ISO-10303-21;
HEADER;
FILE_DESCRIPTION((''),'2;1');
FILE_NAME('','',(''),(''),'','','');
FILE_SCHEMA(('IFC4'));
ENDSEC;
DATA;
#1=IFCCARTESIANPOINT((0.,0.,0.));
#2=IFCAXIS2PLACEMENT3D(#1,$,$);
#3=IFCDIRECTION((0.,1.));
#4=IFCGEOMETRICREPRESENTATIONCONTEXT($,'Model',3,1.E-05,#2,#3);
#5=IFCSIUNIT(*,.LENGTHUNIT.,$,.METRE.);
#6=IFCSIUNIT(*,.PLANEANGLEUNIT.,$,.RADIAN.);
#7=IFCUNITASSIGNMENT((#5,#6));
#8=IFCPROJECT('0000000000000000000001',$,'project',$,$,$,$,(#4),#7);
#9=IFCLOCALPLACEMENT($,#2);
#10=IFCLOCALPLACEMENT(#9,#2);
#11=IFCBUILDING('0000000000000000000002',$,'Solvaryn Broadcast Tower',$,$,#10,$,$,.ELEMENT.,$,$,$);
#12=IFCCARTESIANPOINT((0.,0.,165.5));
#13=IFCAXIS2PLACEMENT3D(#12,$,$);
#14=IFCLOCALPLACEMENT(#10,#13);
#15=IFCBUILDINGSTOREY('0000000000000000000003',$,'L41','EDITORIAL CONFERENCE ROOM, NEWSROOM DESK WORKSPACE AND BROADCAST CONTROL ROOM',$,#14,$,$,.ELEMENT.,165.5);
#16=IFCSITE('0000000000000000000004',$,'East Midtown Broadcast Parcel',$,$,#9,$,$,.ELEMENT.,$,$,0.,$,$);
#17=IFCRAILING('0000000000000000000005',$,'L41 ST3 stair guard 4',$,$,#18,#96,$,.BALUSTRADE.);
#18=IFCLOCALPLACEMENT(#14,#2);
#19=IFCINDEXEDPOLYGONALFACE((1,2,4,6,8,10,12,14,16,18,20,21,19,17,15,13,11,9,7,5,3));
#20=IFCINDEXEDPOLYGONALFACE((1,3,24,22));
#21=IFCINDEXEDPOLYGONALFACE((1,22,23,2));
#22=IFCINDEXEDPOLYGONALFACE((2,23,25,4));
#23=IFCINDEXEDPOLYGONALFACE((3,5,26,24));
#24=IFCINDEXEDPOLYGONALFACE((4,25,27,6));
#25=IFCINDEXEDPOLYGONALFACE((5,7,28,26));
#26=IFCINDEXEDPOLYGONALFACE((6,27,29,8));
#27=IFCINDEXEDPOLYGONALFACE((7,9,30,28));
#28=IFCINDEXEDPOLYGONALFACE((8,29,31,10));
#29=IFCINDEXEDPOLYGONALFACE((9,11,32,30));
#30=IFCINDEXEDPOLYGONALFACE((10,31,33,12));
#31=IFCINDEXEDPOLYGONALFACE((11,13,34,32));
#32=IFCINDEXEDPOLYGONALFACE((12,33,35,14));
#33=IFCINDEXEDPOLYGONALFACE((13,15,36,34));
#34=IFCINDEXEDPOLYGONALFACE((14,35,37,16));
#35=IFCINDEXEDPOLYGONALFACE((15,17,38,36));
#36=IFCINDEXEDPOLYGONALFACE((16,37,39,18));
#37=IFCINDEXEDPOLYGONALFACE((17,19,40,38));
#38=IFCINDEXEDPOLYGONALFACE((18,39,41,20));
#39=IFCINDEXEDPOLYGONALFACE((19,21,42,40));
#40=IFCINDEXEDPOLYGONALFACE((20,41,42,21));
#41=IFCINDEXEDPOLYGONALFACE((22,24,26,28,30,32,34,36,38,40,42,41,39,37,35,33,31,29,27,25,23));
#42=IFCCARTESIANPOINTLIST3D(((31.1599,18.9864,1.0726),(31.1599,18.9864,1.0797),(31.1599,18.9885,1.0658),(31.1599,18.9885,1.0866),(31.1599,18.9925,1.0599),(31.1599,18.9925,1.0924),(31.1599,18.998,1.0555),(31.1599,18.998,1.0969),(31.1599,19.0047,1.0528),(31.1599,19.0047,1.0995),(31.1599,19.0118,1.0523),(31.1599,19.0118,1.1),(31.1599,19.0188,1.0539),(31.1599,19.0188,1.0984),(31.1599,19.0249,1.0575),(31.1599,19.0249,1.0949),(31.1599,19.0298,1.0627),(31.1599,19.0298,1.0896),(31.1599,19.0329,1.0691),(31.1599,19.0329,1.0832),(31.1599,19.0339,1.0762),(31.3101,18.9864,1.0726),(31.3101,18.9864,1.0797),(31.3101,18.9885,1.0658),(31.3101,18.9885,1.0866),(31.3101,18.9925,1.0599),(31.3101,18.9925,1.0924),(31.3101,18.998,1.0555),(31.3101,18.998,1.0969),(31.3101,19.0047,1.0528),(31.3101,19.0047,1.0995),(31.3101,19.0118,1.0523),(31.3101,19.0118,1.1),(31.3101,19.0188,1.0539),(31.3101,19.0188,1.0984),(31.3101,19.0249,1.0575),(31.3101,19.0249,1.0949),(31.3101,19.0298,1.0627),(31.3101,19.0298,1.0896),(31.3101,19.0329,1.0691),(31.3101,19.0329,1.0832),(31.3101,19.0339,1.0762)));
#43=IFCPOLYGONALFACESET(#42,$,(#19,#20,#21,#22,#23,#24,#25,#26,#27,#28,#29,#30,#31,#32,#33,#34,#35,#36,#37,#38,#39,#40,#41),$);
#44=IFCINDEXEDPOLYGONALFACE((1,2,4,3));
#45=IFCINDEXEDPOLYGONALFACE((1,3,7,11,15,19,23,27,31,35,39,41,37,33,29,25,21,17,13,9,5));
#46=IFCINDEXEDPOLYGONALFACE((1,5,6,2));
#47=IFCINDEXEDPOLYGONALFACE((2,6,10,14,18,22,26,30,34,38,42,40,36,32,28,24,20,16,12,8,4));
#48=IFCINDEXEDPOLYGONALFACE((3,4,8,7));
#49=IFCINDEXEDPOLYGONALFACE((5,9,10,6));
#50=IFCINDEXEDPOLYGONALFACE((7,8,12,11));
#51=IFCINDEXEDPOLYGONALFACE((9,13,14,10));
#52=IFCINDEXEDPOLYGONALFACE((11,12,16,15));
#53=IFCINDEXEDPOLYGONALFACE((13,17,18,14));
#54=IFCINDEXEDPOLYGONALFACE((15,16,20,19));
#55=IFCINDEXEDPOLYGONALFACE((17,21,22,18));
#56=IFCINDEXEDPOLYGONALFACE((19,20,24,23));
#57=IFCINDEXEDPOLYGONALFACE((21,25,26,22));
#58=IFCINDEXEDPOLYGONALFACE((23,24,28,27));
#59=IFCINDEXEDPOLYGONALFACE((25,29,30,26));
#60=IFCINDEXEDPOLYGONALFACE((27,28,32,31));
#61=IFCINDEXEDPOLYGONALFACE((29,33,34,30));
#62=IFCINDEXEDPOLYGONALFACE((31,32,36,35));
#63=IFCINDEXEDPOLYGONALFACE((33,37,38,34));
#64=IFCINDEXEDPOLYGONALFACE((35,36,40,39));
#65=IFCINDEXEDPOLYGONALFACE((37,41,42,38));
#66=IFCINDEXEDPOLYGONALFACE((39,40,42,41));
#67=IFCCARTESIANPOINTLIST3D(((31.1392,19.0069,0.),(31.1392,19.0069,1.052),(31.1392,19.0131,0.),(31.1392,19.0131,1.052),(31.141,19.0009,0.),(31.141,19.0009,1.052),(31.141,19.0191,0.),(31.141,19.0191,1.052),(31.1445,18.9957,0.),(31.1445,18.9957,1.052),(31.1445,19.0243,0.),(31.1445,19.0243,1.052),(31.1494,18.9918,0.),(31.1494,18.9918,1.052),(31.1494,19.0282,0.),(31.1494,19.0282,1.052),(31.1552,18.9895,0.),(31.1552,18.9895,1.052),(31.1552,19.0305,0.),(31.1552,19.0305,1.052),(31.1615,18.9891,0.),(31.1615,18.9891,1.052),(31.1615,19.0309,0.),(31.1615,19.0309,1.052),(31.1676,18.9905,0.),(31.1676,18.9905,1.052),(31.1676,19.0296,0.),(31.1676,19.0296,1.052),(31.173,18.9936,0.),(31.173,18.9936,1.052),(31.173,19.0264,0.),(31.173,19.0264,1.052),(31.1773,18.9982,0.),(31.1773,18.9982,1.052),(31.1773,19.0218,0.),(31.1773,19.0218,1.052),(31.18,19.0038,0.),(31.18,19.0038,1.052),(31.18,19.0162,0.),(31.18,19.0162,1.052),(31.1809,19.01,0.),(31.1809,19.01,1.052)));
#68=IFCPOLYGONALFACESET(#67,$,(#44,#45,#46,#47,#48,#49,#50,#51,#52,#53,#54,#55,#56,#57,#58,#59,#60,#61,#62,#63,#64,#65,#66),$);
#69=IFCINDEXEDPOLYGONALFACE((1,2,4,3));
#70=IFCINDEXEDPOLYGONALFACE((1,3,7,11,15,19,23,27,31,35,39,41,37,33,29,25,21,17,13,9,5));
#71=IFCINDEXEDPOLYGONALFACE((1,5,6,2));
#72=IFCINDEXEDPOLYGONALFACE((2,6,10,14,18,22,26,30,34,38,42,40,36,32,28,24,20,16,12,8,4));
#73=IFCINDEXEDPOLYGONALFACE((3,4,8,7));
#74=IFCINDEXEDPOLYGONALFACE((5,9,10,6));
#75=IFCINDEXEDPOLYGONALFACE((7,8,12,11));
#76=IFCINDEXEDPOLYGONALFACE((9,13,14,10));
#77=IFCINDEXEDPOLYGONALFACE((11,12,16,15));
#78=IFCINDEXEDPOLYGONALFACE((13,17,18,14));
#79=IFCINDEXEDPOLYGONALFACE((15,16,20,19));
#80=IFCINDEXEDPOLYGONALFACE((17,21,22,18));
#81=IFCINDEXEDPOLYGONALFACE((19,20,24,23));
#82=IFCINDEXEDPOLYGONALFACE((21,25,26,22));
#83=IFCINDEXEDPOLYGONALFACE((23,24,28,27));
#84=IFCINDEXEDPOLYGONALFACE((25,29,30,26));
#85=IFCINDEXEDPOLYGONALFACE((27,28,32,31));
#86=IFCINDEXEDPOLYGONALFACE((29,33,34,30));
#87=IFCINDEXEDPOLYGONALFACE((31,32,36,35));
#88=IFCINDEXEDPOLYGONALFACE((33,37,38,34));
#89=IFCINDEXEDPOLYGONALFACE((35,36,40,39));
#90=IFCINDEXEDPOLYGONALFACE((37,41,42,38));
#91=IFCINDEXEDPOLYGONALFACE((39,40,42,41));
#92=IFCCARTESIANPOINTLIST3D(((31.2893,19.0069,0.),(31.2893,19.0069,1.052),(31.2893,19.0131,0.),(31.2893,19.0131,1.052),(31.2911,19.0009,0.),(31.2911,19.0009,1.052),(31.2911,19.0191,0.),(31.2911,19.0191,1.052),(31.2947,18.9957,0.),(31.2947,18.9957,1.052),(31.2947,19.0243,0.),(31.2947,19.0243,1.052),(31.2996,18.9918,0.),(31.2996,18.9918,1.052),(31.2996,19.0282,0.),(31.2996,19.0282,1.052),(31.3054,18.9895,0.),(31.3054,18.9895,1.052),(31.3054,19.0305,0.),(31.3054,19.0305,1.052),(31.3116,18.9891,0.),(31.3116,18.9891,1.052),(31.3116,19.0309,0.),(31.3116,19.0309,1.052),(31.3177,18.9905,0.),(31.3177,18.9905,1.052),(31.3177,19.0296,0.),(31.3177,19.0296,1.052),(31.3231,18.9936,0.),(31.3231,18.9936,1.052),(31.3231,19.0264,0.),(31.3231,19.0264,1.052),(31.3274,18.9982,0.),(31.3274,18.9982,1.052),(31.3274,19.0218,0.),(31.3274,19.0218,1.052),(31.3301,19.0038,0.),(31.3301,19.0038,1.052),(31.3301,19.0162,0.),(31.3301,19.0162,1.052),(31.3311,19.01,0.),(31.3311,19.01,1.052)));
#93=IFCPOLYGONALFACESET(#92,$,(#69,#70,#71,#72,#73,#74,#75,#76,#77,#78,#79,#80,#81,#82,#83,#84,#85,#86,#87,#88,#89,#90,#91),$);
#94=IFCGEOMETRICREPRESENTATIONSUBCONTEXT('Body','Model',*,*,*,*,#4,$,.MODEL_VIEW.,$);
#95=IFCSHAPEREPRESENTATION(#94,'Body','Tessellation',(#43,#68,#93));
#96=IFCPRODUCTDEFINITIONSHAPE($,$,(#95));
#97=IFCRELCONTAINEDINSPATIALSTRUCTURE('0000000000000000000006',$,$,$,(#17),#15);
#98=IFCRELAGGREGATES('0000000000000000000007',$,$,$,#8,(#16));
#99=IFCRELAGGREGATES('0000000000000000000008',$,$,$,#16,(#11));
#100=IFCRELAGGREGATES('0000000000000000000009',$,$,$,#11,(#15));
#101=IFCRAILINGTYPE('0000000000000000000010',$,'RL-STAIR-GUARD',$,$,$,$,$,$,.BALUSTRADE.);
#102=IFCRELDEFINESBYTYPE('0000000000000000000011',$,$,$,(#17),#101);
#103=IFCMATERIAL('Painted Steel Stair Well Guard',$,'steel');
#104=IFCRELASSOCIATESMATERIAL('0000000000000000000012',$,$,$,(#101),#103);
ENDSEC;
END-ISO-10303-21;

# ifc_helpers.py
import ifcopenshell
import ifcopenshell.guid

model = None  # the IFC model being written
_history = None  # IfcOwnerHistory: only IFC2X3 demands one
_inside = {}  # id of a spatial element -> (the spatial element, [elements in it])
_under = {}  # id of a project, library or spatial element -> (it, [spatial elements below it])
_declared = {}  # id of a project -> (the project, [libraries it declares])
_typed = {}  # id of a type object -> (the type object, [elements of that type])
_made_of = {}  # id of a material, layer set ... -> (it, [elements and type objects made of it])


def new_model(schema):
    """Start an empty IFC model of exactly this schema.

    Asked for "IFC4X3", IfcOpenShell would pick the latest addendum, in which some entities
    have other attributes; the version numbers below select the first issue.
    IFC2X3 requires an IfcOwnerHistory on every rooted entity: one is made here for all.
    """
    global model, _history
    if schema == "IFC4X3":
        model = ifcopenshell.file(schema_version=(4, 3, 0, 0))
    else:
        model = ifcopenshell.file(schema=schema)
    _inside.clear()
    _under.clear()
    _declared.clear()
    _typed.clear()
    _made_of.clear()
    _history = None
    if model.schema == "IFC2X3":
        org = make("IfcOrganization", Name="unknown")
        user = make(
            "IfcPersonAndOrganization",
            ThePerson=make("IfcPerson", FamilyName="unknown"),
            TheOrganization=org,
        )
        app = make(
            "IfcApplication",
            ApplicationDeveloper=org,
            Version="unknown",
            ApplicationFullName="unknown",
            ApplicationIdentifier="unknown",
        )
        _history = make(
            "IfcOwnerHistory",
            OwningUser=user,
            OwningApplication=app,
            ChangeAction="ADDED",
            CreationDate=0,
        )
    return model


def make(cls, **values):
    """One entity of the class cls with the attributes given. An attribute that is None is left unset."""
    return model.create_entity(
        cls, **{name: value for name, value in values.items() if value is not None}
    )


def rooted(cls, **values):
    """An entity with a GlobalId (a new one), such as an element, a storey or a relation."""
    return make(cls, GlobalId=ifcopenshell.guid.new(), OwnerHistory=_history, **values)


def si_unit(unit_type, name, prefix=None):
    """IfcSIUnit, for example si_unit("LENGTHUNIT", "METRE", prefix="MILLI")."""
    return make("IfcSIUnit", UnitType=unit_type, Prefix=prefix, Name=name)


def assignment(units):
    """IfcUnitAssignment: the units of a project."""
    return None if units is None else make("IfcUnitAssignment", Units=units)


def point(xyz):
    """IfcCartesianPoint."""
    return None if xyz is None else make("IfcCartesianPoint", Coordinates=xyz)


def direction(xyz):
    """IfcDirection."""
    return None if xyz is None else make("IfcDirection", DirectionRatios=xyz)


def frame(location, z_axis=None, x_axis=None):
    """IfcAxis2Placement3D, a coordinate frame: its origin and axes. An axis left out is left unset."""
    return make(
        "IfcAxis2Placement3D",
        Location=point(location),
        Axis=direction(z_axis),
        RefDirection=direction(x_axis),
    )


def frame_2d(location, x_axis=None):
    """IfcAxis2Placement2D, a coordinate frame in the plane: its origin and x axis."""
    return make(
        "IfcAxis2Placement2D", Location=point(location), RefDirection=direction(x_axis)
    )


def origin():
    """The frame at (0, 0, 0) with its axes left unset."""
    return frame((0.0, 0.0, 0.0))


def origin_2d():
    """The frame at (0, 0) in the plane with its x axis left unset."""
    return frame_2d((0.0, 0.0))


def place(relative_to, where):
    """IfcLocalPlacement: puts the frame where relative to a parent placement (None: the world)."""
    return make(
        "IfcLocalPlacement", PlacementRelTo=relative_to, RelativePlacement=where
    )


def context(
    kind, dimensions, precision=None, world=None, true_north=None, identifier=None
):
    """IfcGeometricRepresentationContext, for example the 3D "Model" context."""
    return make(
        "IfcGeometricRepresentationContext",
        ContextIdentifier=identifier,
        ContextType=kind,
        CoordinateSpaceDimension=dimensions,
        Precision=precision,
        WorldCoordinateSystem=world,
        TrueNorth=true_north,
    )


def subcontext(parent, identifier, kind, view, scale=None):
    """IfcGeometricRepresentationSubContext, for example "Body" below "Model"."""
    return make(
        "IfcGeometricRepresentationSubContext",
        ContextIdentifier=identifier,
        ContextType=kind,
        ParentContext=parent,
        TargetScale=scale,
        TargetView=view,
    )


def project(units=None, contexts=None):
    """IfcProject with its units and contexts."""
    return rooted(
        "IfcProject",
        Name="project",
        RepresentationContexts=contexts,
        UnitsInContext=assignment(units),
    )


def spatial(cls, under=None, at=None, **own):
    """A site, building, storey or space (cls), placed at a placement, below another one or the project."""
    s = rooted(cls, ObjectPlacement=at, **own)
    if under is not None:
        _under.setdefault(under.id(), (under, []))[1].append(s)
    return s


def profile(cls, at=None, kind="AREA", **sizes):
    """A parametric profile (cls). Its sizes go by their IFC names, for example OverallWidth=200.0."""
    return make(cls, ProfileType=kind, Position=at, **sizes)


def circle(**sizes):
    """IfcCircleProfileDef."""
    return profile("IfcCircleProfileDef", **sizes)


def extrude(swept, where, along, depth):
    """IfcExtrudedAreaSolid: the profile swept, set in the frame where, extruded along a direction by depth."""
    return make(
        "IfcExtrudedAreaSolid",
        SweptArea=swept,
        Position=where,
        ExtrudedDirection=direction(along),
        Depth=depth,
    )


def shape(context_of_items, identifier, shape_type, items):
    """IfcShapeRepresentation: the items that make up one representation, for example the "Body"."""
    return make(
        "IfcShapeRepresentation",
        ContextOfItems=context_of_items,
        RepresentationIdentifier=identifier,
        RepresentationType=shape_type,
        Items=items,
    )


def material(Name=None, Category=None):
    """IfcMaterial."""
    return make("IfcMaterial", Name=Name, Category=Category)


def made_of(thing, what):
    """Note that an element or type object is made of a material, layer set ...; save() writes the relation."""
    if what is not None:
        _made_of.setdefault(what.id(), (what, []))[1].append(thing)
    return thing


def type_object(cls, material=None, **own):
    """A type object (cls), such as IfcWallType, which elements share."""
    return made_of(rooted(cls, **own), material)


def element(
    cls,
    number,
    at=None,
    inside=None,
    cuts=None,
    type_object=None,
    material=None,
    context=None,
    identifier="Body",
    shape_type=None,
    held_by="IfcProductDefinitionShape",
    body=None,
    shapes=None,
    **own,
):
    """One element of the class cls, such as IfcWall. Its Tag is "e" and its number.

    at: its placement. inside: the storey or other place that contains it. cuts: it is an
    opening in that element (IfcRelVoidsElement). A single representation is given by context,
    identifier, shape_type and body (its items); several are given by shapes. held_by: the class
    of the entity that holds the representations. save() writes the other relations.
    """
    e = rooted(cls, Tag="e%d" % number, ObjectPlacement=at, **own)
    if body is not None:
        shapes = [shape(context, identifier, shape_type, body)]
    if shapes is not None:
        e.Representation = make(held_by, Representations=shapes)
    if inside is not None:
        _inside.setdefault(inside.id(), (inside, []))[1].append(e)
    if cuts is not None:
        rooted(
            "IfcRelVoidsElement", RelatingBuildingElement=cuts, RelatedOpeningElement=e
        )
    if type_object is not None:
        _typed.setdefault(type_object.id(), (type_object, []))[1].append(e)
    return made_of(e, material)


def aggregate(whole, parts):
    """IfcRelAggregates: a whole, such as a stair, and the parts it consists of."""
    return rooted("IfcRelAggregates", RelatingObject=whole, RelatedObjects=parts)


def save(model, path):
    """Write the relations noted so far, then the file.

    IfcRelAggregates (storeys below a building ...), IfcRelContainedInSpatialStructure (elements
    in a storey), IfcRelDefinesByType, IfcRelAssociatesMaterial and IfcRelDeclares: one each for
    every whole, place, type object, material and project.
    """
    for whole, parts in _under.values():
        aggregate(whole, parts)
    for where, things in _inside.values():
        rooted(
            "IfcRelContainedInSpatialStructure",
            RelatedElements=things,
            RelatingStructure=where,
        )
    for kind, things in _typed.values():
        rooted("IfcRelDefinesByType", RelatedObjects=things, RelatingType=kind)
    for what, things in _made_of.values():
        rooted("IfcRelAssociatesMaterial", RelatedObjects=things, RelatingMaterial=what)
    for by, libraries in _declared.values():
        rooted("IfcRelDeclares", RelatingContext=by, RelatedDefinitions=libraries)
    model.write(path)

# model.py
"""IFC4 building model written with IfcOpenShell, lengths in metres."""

from ifc_helpers import new_model, si_unit, direction, frame, origin, origin_2d, place, context, subcontext, project, spatial, circle, extrude, material, type_object, element, save


model = new_model("IFC4")

# Units and contexts
model_context = context("Model", 3, precision=1e-05, world=origin(), true_north=direction((0.0, 1.0)))
body_context = subcontext(model_context, "Body", "Model", "MODEL_VIEW")
ifc_project = project(units=[si_unit("LENGTHUNIT", "METRE"), si_unit("PLANEANGLEUNIT", "RADIAN")], contexts=[model_context])

# Site, building, storey
site_placement = place(None, origin())
site = spatial("IfcSite", under=ifc_project, at=site_placement, Name="East Midtown Broadcast Parcel", CompositionType="ELEMENT", RefElevation=0.0)
building_placement = place(site_placement, origin())
building = spatial("IfcBuilding", under=site, at=building_placement, Name="Solvaryn Broadcast Tower", CompositionType="ELEMENT")
storey_placement = place(building_placement, frame((0.0, 0.0, 165.5)))
storey = spatial("IfcBuildingStorey", under=building, at=storey_placement, Name="L41", Description="EDITORIAL CONFERENCE ROOM, NEWSROOM DESK WORKSPACE AND BROADCAST CONTROL ROOM", CompositionType="ELEMENT", Elevation=165.5)

# Railing
ifc_material_1 = material(Name="Painted Steel Stair Well Guard", Category="steel")
railing_type_1 = type_object("IfcRailingType", Name="RL-STAIR-GUARD", PredefinedType="BALUSTRADE", material=ifc_material_1)
railing_1_placement = place(storey_placement, frame((31.1599, 19.01, 0.0)))
element("IfcRailing", 1, at=railing_1_placement, inside=storey, type_object=railing_type_1, Name="L41 ST3 stair guard 4", PredefinedType="BALUSTRADE", context=body_context, shape_type="SweptSolid", body=[
    extrude(circle(Radius=0.0239, at=origin_2d()), frame((0.0, 0.0, 1.0762), z_axis=(1.0, 0.0, 0.0), x_axis=(0.0, 1.0, 0.0)), (0.0, 0.0, 1.0), 0.1501),
    extrude(circle(Radius=0.021, at=origin_2d()), origin(), (0.0, 0.0, 1.0), 1.052),
    extrude(circle(Radius=0.021, at=origin_2d()), frame((0.1501, 0.0, 0.0)), (0.0, 0.0, 1.0), 1.052),
])

save(model, "model.ifc")
